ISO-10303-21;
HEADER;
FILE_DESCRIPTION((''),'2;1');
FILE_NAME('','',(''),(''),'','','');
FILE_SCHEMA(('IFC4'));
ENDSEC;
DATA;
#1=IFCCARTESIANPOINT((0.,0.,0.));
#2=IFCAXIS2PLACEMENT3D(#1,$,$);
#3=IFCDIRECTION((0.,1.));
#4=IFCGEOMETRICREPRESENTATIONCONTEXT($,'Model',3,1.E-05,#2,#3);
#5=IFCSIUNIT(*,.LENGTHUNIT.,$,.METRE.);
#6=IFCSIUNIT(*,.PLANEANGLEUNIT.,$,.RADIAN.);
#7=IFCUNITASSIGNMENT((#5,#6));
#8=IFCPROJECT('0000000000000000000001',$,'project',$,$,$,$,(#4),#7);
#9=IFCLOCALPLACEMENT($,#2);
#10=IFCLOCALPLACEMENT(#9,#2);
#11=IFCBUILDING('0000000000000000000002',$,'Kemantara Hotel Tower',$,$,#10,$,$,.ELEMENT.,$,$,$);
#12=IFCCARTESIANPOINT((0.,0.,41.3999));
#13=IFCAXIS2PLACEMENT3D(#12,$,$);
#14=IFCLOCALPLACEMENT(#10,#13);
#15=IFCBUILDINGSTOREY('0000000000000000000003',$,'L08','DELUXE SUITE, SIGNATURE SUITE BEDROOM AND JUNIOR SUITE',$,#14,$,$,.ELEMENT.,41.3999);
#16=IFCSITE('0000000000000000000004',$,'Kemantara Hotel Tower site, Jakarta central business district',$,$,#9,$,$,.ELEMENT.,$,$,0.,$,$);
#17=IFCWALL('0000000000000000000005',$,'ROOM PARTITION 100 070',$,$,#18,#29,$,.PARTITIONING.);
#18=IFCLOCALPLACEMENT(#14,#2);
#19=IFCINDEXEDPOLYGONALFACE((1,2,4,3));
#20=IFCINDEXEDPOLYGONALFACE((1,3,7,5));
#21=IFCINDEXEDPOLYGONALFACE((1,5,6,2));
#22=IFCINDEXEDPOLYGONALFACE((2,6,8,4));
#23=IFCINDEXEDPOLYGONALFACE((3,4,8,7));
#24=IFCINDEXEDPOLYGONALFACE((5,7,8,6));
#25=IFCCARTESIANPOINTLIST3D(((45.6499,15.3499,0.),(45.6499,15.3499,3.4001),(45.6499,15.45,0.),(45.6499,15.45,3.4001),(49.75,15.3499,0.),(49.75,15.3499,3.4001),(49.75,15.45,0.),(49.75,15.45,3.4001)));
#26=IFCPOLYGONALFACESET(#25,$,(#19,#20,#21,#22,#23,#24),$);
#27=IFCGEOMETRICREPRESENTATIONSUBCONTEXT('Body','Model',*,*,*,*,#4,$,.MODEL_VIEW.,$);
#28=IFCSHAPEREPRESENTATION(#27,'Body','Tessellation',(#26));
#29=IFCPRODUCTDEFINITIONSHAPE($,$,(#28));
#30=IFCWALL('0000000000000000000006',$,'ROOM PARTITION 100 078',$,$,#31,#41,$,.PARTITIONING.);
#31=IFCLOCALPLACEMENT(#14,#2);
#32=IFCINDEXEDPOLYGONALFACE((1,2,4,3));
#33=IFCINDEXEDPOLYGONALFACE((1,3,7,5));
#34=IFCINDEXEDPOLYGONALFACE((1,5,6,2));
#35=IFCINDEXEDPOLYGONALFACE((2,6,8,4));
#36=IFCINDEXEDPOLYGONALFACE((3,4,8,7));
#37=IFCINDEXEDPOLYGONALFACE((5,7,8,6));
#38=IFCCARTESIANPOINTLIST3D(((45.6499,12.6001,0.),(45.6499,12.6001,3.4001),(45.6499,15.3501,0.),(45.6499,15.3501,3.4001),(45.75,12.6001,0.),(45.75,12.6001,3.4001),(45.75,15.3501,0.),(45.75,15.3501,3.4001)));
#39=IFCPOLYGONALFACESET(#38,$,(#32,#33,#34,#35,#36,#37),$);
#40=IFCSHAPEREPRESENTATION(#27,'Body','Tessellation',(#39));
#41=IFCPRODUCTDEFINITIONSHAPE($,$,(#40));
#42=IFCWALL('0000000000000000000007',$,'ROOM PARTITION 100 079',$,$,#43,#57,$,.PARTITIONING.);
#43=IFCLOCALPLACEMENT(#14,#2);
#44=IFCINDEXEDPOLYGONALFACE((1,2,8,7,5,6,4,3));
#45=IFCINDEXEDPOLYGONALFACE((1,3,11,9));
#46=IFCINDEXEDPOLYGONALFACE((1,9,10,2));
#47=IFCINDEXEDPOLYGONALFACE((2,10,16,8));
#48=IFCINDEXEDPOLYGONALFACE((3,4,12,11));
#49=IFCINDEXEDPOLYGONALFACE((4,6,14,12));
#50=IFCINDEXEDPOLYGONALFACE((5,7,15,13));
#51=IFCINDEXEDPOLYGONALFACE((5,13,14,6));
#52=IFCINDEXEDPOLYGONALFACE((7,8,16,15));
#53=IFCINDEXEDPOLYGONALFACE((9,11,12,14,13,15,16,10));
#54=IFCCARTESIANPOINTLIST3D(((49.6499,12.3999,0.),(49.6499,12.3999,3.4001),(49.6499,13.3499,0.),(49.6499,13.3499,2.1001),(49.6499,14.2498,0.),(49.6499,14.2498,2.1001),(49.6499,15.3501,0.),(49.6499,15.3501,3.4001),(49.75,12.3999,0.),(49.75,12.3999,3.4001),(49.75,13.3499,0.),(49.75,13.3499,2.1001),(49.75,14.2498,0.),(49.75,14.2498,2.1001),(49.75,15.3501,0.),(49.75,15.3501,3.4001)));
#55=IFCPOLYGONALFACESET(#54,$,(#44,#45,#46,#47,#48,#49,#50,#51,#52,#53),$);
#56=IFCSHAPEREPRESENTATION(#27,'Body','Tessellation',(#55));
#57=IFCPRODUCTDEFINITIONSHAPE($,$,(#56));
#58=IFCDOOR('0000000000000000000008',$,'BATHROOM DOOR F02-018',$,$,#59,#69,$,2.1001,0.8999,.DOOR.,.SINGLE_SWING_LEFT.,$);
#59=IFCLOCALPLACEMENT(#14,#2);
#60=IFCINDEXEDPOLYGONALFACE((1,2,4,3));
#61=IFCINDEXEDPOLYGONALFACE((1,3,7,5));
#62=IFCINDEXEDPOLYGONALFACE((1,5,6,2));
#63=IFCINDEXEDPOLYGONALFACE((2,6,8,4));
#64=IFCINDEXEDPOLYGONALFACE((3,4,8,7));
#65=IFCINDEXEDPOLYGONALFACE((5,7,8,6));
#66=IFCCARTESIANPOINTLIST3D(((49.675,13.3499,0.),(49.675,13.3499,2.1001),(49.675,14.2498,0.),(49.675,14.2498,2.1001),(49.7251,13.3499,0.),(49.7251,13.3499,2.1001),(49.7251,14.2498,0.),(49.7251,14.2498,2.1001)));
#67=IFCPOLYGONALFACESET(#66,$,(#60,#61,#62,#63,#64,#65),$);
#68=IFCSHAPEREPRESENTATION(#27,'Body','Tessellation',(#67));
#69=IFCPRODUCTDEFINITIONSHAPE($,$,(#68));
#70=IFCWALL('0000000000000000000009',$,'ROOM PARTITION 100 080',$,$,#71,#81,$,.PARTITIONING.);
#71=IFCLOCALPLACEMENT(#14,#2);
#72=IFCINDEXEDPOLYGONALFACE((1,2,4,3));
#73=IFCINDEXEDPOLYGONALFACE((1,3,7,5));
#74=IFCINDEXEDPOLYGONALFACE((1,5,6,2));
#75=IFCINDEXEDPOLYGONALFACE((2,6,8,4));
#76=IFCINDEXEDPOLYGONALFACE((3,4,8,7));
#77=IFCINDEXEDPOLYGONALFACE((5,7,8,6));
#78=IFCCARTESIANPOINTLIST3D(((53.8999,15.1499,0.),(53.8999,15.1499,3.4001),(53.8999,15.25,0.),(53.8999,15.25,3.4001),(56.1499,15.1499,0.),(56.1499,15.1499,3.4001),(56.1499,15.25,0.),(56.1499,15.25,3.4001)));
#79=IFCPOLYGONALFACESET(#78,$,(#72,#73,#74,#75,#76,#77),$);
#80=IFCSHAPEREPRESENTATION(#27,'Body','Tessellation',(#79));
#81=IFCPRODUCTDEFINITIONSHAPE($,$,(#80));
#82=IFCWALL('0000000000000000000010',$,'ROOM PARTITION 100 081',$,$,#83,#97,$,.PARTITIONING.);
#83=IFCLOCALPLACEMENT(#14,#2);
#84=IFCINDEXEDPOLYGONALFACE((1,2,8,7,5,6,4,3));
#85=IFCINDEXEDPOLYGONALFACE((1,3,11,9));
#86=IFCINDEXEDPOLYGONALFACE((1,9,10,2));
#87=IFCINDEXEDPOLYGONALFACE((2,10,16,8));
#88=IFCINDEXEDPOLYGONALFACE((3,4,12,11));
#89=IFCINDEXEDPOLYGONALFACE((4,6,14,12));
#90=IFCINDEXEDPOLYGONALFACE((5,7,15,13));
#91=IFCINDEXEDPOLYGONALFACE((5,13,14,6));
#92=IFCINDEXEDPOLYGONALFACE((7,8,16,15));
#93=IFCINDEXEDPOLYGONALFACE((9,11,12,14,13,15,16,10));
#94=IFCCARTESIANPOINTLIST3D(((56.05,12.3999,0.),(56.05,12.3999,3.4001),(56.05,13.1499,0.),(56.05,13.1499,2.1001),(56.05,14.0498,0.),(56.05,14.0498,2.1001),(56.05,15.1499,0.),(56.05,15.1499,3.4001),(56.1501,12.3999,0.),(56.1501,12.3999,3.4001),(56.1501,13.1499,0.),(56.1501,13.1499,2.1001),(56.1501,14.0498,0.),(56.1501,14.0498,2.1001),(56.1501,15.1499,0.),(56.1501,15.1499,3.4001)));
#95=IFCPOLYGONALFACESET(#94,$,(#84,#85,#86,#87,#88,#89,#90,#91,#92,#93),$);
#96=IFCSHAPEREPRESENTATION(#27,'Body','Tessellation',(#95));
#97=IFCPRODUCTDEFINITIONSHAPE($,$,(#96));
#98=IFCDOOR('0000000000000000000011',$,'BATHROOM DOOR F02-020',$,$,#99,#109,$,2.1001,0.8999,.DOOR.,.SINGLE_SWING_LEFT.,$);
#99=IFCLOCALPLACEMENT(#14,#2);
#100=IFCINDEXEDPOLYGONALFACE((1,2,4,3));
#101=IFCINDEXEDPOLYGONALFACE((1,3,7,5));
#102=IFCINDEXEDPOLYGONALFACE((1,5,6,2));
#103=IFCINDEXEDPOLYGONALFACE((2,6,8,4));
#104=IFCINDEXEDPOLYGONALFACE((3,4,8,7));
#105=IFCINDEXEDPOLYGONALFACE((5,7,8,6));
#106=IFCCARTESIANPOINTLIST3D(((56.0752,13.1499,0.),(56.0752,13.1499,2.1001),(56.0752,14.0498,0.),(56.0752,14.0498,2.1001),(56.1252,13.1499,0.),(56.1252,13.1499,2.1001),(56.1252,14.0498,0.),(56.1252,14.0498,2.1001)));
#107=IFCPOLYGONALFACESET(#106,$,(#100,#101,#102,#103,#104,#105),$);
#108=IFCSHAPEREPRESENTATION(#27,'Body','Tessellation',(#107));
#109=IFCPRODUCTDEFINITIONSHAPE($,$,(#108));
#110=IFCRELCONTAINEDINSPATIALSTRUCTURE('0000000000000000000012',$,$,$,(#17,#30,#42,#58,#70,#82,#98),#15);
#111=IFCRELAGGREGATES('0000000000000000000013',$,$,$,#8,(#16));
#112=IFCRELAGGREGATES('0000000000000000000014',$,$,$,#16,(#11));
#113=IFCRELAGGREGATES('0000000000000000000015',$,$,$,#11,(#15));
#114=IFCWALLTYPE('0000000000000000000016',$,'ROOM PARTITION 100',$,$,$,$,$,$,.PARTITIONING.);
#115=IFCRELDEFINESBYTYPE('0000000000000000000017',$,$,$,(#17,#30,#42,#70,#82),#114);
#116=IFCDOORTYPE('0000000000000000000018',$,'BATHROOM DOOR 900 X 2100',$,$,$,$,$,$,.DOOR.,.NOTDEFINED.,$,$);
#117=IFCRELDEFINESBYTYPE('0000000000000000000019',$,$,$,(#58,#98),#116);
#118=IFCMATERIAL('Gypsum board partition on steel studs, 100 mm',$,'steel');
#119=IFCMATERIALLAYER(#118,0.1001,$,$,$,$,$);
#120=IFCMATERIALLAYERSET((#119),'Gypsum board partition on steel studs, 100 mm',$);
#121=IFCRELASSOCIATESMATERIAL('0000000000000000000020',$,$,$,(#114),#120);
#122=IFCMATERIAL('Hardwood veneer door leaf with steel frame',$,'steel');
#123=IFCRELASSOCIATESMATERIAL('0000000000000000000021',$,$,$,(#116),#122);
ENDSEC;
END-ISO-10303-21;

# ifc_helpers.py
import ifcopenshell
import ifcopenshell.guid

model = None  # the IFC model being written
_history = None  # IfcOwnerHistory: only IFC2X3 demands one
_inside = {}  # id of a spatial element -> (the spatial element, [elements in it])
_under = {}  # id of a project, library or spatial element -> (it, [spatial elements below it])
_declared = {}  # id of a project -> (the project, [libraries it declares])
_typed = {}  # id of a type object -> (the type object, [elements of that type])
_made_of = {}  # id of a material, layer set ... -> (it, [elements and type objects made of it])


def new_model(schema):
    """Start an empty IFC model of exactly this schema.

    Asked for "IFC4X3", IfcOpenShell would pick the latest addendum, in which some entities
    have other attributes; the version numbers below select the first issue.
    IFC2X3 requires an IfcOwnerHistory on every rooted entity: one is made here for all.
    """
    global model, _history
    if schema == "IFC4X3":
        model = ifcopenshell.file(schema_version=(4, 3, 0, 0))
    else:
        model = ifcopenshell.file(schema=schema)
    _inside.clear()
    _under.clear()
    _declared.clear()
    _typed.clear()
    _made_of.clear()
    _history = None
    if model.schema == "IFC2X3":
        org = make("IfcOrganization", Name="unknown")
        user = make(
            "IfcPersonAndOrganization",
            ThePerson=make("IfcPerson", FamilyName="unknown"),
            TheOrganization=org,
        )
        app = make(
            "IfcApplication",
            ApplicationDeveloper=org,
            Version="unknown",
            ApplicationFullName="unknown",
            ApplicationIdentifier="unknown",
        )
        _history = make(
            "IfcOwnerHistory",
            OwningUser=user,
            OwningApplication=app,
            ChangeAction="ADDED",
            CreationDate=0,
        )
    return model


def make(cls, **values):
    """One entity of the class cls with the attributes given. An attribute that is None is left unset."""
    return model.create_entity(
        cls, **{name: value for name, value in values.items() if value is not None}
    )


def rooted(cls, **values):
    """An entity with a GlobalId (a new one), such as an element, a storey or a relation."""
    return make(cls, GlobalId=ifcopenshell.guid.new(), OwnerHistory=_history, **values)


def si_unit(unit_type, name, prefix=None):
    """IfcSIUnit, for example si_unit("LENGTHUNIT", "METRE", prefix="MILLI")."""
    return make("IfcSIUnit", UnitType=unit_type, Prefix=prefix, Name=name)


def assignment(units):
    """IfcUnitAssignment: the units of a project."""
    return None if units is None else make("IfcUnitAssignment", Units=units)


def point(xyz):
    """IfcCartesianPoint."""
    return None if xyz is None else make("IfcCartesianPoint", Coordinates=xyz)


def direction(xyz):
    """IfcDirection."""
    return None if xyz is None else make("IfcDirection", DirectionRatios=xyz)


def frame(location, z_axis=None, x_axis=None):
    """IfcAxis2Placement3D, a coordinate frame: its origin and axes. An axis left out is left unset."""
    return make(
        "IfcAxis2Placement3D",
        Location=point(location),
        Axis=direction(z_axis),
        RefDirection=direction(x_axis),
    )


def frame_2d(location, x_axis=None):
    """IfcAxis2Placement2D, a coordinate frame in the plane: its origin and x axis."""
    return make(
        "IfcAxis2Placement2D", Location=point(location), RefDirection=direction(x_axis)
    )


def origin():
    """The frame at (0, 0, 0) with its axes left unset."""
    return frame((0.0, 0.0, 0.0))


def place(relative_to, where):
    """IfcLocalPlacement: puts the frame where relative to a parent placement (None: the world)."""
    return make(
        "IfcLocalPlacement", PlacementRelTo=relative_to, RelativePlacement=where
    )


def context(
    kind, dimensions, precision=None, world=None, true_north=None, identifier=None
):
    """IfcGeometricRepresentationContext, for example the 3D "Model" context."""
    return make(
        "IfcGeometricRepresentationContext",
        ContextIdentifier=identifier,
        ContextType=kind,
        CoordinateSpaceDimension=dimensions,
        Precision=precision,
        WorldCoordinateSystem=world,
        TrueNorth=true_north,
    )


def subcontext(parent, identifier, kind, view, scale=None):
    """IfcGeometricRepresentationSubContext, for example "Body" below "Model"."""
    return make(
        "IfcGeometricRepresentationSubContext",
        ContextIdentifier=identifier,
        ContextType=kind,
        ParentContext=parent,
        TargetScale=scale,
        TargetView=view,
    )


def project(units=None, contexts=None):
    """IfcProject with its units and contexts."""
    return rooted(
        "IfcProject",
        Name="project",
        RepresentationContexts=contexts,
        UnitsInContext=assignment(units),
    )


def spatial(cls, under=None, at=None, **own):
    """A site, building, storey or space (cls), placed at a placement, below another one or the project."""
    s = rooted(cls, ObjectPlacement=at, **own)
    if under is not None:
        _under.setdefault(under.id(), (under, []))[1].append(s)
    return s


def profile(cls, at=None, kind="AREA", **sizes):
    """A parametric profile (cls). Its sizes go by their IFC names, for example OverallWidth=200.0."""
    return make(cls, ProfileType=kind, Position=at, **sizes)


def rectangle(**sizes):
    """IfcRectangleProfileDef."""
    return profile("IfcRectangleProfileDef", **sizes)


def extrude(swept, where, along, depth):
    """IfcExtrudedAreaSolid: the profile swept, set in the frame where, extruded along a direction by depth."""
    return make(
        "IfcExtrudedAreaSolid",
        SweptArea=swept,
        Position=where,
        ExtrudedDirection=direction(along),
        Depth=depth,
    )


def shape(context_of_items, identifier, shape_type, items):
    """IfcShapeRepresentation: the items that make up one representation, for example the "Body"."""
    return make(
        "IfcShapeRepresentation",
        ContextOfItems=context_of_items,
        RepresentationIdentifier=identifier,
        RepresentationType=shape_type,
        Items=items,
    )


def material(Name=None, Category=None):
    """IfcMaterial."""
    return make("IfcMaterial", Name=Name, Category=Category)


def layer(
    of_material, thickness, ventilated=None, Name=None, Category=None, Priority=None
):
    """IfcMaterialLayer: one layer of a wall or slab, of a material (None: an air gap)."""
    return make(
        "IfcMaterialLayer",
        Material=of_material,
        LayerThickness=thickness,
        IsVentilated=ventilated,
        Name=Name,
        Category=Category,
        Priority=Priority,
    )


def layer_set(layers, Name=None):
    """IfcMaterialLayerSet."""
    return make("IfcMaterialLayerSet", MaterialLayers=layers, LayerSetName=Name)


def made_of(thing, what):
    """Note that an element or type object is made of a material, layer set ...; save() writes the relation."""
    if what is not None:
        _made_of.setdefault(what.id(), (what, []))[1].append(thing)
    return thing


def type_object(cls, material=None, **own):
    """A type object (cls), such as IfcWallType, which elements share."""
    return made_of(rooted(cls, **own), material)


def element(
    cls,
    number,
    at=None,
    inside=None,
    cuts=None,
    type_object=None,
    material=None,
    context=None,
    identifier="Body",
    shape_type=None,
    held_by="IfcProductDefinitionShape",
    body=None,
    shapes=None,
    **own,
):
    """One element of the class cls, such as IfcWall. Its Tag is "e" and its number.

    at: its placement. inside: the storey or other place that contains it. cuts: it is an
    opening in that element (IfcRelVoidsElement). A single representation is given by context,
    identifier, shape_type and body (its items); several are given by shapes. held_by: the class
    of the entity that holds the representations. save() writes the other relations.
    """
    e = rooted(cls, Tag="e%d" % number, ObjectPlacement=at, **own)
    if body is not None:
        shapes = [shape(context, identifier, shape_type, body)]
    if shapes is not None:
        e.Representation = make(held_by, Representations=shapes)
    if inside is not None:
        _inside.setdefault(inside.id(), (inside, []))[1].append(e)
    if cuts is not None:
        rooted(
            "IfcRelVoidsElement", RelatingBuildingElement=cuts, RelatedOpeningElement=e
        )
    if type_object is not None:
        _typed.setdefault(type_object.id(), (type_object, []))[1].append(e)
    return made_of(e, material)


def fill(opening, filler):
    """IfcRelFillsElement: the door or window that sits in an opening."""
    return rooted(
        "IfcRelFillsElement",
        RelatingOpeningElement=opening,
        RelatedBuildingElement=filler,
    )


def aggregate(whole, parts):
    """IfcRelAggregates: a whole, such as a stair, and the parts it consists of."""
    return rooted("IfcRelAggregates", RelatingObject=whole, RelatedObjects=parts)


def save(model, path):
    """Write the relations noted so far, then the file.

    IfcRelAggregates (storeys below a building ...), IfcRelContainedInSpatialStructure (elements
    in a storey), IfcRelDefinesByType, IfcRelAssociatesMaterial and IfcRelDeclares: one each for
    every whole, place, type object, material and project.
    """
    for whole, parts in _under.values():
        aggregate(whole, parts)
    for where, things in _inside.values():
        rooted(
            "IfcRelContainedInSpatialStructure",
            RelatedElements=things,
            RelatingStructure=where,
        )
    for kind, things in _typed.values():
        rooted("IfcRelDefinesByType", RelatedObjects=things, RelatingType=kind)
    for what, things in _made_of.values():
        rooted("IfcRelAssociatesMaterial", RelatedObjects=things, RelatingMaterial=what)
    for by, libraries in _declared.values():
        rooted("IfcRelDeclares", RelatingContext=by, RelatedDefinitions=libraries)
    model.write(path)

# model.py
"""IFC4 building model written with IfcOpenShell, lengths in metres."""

from ifc_helpers import new_model, si_unit, direction, frame, frame_2d, origin, place, context, subcontext, project, spatial, rectangle, extrude, material, layer, layer_set, type_object, element, fill, save


model = new_model("IFC4")

# Units and contexts
model_context = context("Model", 3, precision=1e-05, world=origin(), true_north=direction((0.0, 1.0)))
body_context = subcontext(model_context, "Body", "Model", "MODEL_VIEW")
ifc_project = project(units=[si_unit("LENGTHUNIT", "METRE"), si_unit("PLANEANGLEUNIT", "RADIAN")], contexts=[model_context])

# Site, building, storey
site_placement = place(None, origin())
site = spatial("IfcSite", under=ifc_project, at=site_placement, Name="Kemantara Hotel Tower site, Jakarta central business district", CompositionType="ELEMENT", RefElevation=0.0)
building_placement = place(site_placement, origin())
building = spatial("IfcBuilding", under=site, at=building_placement, Name="Kemantara Hotel Tower", CompositionType="ELEMENT")
storey_placement = place(building_placement, frame((0.0, 0.0, 41.3999)))
storey = spatial("IfcBuildingStorey", under=building, at=storey_placement, Name="L08", Description="DELUXE SUITE, SIGNATURE SUITE BEDROOM AND JUNIOR SUITE", CompositionType="ELEMENT", Elevation=41.3999)

# Shared definitions
ifc_material_1 = material(Name="Hardwood veneer door leaf with steel frame", Category="steel")

# Walls
ifc_material_2 = material(Name="Gypsum board partition on steel studs, 100 mm", Category="steel")
ifc_layer_1 = layer(ifc_material_2, 0.1001)
ifc_layer_set_1 = layer_set([ifc_layer_1], Name="Gypsum board partition on steel studs, 100 mm")
wall_type_1 = type_object("IfcWallType", Name="ROOM PARTITION 100", PredefinedType="PARTITIONING", material=ifc_layer_set_1)
wall_1_placement = place(storey_placement, frame((45.6499, 15.3999, 0.0), z_axis=(0.0, 0.0, 1.0), x_axis=(1.0, 0.0, 0.0)))
element("IfcWall", 1, at=wall_1_placement, inside=storey, type_object=wall_type_1, Name="ROOM PARTITION 100 070", PredefinedType="PARTITIONING", context=body_context, shape_type="SweptSolid", body=[
    extrude(rectangle(XDim=4.1001, YDim=0.1001, at=frame_2d((2.05, 0.0))), origin(), (0.0, 0.0, 1.0), 3.4001),
])
wall_2_placement = place(storey_placement, frame((45.7, 12.6001, 0.0), z_axis=(0.0, 0.0, 1.0), x_axis=(0.0, 1.0, 0.0)))
element("IfcWall", 2, at=wall_2_placement, inside=storey, type_object=wall_type_1, Name="ROOM PARTITION 100 078", PredefinedType="PARTITIONING", context=body_context, shape_type="SweptSolid", body=[
    extrude(rectangle(XDim=2.75, YDim=0.1001, at=frame_2d((1.375, 0.0))), origin(), (0.0, 0.0, 1.0), 3.4001),
])

# Wall, opening, door
wall_3_placement = place(storey_placement, frame((49.7, 12.3999, 0.0), z_axis=(0.0, 0.0, 1.0), x_axis=(0.0, 1.0, 0.0)))
wall_3 = element("IfcWall", 3, at=wall_3_placement, inside=storey, type_object=wall_type_1, Name="ROOM PARTITION 100 079", PredefinedType="PARTITIONING", context=body_context, shape_type="SweptSolid", body=[
    extrude(rectangle(XDim=2.9502, YDim=0.1001, at=frame_2d((1.4751, 0.0))), origin(), (0.0, 0.0, 1.0), 3.4001),
])
opening_1_placement = place(wall_3_placement, frame((0.95, 0.0, 0.0)))
opening_1 = element("IfcOpeningElement", 4, at=opening_1_placement, cuts=wall_3, PredefinedType="OPENING", context=body_context, shape_type="SweptSolid", body=[
    extrude(rectangle(XDim=0.8999, YDim=2.1001, at=frame_2d((0.45, 1.05))), frame((0.0, 0.0601, 0.0), z_axis=(0.0, -1.0, 0.0), x_axis=(1.0, 0.0, 0.0)), (0.0, 0.0, 1.0), 0.1201),
])
door_type_1 = type_object("IfcDoorType", Name="BATHROOM DOOR 900 X 2100", OperationType="NOTDEFINED", PredefinedType="DOOR", material=ifc_material_1)
door_1_placement = place(opening_1_placement, origin())
door_1 = element("IfcDoor", 5, at=door_1_placement, inside=storey, type_object=door_type_1, Name="BATHROOM DOOR F02-018", OperationType="SINGLE_SWING_LEFT", OverallHeight=2.1001, OverallWidth=0.8999, PredefinedType="DOOR", context=body_context, shape_type="SweptSolid", body=[
    extrude(rectangle(XDim=0.8999, YDim=2.1001, at=frame_2d((0.45, 1.05))), frame((0.0, 0.0249, 0.0), z_axis=(0.0, -1.0, 0.0), x_axis=(1.0, 0.0, 0.0)), (0.0, 0.0, 1.0), 0.05),
])
fill(opening_1, door_1)

# Wall
wall_4_placement = place(storey_placement, frame((53.8999, 15.2, 0.0), z_axis=(0.0, 0.0, 1.0), x_axis=(1.0, 0.0, 0.0)))
element("IfcWall", 6, at=wall_4_placement, inside=storey, type_object=wall_type_1, Name="ROOM PARTITION 100 080", PredefinedType="PARTITIONING", context=body_context, shape_type="SweptSolid", body=[
    extrude(rectangle(XDim=2.25, YDim=0.1001, at=frame_2d((1.125, 0.0))), origin(), (0.0, 0.0, 1.0), 3.4001),
])

# Wall, opening, door
wall_5_placement = place(storey_placement, frame((56.1001, 12.3999, 0.0), z_axis=(0.0, 0.0, 1.0), x_axis=(0.0, 1.0, 0.0)))
wall_5 = element("IfcWall", 7, at=wall_5_placement, inside=storey, type_object=wall_type_1, Name="ROOM PARTITION 100 081", PredefinedType="PARTITIONING", context=body_context, shape_type="SweptSolid", body=[
    extrude(rectangle(XDim=2.75, YDim=0.1001, at=frame_2d((1.375, 0.0))), origin(), (0.0, 0.0, 1.0), 3.4001),
])
opening_2_placement = place(wall_5_placement, frame((0.75, 0.0, 0.0)))
opening_2 = element("IfcOpeningElement", 8, at=opening_2_placement, cuts=wall_5, PredefinedType="OPENING", context=body_context, shape_type="SweptSolid", body=[
    extrude(rectangle(XDim=0.8999, YDim=2.1001, at=frame_2d((0.45, 1.05))), frame((0.0, 0.0601, 0.0), z_axis=(0.0, -1.0, 0.0), x_axis=(1.0, 0.0, 0.0)), (0.0, 0.0, 1.0), 0.1201),
])
door_2_placement = place(opening_2_placement, origin())
door_2 = element("IfcDoor", 9, at=door_2_placement, inside=storey, type_object=door_type_1, Name="BATHROOM DOOR F02-020", OperationType="SINGLE_SWING_LEFT", OverallHeight=2.1001, OverallWidth=0.8999, PredefinedType="DOOR", context=body_context, shape_type="SweptSolid", body=[
    extrude(rectangle(XDim=0.8999, YDim=2.1001, at=frame_2d((0.45, 1.05))), frame((0.0, 0.0249, 0.0), z_axis=(0.0, -1.0, 0.0), x_axis=(1.0, 0.0, 0.0)), (0.0, 0.0, 1.0), 0.05),
])
fill(opening_2, door_2)

save(model, "model.ifc")
